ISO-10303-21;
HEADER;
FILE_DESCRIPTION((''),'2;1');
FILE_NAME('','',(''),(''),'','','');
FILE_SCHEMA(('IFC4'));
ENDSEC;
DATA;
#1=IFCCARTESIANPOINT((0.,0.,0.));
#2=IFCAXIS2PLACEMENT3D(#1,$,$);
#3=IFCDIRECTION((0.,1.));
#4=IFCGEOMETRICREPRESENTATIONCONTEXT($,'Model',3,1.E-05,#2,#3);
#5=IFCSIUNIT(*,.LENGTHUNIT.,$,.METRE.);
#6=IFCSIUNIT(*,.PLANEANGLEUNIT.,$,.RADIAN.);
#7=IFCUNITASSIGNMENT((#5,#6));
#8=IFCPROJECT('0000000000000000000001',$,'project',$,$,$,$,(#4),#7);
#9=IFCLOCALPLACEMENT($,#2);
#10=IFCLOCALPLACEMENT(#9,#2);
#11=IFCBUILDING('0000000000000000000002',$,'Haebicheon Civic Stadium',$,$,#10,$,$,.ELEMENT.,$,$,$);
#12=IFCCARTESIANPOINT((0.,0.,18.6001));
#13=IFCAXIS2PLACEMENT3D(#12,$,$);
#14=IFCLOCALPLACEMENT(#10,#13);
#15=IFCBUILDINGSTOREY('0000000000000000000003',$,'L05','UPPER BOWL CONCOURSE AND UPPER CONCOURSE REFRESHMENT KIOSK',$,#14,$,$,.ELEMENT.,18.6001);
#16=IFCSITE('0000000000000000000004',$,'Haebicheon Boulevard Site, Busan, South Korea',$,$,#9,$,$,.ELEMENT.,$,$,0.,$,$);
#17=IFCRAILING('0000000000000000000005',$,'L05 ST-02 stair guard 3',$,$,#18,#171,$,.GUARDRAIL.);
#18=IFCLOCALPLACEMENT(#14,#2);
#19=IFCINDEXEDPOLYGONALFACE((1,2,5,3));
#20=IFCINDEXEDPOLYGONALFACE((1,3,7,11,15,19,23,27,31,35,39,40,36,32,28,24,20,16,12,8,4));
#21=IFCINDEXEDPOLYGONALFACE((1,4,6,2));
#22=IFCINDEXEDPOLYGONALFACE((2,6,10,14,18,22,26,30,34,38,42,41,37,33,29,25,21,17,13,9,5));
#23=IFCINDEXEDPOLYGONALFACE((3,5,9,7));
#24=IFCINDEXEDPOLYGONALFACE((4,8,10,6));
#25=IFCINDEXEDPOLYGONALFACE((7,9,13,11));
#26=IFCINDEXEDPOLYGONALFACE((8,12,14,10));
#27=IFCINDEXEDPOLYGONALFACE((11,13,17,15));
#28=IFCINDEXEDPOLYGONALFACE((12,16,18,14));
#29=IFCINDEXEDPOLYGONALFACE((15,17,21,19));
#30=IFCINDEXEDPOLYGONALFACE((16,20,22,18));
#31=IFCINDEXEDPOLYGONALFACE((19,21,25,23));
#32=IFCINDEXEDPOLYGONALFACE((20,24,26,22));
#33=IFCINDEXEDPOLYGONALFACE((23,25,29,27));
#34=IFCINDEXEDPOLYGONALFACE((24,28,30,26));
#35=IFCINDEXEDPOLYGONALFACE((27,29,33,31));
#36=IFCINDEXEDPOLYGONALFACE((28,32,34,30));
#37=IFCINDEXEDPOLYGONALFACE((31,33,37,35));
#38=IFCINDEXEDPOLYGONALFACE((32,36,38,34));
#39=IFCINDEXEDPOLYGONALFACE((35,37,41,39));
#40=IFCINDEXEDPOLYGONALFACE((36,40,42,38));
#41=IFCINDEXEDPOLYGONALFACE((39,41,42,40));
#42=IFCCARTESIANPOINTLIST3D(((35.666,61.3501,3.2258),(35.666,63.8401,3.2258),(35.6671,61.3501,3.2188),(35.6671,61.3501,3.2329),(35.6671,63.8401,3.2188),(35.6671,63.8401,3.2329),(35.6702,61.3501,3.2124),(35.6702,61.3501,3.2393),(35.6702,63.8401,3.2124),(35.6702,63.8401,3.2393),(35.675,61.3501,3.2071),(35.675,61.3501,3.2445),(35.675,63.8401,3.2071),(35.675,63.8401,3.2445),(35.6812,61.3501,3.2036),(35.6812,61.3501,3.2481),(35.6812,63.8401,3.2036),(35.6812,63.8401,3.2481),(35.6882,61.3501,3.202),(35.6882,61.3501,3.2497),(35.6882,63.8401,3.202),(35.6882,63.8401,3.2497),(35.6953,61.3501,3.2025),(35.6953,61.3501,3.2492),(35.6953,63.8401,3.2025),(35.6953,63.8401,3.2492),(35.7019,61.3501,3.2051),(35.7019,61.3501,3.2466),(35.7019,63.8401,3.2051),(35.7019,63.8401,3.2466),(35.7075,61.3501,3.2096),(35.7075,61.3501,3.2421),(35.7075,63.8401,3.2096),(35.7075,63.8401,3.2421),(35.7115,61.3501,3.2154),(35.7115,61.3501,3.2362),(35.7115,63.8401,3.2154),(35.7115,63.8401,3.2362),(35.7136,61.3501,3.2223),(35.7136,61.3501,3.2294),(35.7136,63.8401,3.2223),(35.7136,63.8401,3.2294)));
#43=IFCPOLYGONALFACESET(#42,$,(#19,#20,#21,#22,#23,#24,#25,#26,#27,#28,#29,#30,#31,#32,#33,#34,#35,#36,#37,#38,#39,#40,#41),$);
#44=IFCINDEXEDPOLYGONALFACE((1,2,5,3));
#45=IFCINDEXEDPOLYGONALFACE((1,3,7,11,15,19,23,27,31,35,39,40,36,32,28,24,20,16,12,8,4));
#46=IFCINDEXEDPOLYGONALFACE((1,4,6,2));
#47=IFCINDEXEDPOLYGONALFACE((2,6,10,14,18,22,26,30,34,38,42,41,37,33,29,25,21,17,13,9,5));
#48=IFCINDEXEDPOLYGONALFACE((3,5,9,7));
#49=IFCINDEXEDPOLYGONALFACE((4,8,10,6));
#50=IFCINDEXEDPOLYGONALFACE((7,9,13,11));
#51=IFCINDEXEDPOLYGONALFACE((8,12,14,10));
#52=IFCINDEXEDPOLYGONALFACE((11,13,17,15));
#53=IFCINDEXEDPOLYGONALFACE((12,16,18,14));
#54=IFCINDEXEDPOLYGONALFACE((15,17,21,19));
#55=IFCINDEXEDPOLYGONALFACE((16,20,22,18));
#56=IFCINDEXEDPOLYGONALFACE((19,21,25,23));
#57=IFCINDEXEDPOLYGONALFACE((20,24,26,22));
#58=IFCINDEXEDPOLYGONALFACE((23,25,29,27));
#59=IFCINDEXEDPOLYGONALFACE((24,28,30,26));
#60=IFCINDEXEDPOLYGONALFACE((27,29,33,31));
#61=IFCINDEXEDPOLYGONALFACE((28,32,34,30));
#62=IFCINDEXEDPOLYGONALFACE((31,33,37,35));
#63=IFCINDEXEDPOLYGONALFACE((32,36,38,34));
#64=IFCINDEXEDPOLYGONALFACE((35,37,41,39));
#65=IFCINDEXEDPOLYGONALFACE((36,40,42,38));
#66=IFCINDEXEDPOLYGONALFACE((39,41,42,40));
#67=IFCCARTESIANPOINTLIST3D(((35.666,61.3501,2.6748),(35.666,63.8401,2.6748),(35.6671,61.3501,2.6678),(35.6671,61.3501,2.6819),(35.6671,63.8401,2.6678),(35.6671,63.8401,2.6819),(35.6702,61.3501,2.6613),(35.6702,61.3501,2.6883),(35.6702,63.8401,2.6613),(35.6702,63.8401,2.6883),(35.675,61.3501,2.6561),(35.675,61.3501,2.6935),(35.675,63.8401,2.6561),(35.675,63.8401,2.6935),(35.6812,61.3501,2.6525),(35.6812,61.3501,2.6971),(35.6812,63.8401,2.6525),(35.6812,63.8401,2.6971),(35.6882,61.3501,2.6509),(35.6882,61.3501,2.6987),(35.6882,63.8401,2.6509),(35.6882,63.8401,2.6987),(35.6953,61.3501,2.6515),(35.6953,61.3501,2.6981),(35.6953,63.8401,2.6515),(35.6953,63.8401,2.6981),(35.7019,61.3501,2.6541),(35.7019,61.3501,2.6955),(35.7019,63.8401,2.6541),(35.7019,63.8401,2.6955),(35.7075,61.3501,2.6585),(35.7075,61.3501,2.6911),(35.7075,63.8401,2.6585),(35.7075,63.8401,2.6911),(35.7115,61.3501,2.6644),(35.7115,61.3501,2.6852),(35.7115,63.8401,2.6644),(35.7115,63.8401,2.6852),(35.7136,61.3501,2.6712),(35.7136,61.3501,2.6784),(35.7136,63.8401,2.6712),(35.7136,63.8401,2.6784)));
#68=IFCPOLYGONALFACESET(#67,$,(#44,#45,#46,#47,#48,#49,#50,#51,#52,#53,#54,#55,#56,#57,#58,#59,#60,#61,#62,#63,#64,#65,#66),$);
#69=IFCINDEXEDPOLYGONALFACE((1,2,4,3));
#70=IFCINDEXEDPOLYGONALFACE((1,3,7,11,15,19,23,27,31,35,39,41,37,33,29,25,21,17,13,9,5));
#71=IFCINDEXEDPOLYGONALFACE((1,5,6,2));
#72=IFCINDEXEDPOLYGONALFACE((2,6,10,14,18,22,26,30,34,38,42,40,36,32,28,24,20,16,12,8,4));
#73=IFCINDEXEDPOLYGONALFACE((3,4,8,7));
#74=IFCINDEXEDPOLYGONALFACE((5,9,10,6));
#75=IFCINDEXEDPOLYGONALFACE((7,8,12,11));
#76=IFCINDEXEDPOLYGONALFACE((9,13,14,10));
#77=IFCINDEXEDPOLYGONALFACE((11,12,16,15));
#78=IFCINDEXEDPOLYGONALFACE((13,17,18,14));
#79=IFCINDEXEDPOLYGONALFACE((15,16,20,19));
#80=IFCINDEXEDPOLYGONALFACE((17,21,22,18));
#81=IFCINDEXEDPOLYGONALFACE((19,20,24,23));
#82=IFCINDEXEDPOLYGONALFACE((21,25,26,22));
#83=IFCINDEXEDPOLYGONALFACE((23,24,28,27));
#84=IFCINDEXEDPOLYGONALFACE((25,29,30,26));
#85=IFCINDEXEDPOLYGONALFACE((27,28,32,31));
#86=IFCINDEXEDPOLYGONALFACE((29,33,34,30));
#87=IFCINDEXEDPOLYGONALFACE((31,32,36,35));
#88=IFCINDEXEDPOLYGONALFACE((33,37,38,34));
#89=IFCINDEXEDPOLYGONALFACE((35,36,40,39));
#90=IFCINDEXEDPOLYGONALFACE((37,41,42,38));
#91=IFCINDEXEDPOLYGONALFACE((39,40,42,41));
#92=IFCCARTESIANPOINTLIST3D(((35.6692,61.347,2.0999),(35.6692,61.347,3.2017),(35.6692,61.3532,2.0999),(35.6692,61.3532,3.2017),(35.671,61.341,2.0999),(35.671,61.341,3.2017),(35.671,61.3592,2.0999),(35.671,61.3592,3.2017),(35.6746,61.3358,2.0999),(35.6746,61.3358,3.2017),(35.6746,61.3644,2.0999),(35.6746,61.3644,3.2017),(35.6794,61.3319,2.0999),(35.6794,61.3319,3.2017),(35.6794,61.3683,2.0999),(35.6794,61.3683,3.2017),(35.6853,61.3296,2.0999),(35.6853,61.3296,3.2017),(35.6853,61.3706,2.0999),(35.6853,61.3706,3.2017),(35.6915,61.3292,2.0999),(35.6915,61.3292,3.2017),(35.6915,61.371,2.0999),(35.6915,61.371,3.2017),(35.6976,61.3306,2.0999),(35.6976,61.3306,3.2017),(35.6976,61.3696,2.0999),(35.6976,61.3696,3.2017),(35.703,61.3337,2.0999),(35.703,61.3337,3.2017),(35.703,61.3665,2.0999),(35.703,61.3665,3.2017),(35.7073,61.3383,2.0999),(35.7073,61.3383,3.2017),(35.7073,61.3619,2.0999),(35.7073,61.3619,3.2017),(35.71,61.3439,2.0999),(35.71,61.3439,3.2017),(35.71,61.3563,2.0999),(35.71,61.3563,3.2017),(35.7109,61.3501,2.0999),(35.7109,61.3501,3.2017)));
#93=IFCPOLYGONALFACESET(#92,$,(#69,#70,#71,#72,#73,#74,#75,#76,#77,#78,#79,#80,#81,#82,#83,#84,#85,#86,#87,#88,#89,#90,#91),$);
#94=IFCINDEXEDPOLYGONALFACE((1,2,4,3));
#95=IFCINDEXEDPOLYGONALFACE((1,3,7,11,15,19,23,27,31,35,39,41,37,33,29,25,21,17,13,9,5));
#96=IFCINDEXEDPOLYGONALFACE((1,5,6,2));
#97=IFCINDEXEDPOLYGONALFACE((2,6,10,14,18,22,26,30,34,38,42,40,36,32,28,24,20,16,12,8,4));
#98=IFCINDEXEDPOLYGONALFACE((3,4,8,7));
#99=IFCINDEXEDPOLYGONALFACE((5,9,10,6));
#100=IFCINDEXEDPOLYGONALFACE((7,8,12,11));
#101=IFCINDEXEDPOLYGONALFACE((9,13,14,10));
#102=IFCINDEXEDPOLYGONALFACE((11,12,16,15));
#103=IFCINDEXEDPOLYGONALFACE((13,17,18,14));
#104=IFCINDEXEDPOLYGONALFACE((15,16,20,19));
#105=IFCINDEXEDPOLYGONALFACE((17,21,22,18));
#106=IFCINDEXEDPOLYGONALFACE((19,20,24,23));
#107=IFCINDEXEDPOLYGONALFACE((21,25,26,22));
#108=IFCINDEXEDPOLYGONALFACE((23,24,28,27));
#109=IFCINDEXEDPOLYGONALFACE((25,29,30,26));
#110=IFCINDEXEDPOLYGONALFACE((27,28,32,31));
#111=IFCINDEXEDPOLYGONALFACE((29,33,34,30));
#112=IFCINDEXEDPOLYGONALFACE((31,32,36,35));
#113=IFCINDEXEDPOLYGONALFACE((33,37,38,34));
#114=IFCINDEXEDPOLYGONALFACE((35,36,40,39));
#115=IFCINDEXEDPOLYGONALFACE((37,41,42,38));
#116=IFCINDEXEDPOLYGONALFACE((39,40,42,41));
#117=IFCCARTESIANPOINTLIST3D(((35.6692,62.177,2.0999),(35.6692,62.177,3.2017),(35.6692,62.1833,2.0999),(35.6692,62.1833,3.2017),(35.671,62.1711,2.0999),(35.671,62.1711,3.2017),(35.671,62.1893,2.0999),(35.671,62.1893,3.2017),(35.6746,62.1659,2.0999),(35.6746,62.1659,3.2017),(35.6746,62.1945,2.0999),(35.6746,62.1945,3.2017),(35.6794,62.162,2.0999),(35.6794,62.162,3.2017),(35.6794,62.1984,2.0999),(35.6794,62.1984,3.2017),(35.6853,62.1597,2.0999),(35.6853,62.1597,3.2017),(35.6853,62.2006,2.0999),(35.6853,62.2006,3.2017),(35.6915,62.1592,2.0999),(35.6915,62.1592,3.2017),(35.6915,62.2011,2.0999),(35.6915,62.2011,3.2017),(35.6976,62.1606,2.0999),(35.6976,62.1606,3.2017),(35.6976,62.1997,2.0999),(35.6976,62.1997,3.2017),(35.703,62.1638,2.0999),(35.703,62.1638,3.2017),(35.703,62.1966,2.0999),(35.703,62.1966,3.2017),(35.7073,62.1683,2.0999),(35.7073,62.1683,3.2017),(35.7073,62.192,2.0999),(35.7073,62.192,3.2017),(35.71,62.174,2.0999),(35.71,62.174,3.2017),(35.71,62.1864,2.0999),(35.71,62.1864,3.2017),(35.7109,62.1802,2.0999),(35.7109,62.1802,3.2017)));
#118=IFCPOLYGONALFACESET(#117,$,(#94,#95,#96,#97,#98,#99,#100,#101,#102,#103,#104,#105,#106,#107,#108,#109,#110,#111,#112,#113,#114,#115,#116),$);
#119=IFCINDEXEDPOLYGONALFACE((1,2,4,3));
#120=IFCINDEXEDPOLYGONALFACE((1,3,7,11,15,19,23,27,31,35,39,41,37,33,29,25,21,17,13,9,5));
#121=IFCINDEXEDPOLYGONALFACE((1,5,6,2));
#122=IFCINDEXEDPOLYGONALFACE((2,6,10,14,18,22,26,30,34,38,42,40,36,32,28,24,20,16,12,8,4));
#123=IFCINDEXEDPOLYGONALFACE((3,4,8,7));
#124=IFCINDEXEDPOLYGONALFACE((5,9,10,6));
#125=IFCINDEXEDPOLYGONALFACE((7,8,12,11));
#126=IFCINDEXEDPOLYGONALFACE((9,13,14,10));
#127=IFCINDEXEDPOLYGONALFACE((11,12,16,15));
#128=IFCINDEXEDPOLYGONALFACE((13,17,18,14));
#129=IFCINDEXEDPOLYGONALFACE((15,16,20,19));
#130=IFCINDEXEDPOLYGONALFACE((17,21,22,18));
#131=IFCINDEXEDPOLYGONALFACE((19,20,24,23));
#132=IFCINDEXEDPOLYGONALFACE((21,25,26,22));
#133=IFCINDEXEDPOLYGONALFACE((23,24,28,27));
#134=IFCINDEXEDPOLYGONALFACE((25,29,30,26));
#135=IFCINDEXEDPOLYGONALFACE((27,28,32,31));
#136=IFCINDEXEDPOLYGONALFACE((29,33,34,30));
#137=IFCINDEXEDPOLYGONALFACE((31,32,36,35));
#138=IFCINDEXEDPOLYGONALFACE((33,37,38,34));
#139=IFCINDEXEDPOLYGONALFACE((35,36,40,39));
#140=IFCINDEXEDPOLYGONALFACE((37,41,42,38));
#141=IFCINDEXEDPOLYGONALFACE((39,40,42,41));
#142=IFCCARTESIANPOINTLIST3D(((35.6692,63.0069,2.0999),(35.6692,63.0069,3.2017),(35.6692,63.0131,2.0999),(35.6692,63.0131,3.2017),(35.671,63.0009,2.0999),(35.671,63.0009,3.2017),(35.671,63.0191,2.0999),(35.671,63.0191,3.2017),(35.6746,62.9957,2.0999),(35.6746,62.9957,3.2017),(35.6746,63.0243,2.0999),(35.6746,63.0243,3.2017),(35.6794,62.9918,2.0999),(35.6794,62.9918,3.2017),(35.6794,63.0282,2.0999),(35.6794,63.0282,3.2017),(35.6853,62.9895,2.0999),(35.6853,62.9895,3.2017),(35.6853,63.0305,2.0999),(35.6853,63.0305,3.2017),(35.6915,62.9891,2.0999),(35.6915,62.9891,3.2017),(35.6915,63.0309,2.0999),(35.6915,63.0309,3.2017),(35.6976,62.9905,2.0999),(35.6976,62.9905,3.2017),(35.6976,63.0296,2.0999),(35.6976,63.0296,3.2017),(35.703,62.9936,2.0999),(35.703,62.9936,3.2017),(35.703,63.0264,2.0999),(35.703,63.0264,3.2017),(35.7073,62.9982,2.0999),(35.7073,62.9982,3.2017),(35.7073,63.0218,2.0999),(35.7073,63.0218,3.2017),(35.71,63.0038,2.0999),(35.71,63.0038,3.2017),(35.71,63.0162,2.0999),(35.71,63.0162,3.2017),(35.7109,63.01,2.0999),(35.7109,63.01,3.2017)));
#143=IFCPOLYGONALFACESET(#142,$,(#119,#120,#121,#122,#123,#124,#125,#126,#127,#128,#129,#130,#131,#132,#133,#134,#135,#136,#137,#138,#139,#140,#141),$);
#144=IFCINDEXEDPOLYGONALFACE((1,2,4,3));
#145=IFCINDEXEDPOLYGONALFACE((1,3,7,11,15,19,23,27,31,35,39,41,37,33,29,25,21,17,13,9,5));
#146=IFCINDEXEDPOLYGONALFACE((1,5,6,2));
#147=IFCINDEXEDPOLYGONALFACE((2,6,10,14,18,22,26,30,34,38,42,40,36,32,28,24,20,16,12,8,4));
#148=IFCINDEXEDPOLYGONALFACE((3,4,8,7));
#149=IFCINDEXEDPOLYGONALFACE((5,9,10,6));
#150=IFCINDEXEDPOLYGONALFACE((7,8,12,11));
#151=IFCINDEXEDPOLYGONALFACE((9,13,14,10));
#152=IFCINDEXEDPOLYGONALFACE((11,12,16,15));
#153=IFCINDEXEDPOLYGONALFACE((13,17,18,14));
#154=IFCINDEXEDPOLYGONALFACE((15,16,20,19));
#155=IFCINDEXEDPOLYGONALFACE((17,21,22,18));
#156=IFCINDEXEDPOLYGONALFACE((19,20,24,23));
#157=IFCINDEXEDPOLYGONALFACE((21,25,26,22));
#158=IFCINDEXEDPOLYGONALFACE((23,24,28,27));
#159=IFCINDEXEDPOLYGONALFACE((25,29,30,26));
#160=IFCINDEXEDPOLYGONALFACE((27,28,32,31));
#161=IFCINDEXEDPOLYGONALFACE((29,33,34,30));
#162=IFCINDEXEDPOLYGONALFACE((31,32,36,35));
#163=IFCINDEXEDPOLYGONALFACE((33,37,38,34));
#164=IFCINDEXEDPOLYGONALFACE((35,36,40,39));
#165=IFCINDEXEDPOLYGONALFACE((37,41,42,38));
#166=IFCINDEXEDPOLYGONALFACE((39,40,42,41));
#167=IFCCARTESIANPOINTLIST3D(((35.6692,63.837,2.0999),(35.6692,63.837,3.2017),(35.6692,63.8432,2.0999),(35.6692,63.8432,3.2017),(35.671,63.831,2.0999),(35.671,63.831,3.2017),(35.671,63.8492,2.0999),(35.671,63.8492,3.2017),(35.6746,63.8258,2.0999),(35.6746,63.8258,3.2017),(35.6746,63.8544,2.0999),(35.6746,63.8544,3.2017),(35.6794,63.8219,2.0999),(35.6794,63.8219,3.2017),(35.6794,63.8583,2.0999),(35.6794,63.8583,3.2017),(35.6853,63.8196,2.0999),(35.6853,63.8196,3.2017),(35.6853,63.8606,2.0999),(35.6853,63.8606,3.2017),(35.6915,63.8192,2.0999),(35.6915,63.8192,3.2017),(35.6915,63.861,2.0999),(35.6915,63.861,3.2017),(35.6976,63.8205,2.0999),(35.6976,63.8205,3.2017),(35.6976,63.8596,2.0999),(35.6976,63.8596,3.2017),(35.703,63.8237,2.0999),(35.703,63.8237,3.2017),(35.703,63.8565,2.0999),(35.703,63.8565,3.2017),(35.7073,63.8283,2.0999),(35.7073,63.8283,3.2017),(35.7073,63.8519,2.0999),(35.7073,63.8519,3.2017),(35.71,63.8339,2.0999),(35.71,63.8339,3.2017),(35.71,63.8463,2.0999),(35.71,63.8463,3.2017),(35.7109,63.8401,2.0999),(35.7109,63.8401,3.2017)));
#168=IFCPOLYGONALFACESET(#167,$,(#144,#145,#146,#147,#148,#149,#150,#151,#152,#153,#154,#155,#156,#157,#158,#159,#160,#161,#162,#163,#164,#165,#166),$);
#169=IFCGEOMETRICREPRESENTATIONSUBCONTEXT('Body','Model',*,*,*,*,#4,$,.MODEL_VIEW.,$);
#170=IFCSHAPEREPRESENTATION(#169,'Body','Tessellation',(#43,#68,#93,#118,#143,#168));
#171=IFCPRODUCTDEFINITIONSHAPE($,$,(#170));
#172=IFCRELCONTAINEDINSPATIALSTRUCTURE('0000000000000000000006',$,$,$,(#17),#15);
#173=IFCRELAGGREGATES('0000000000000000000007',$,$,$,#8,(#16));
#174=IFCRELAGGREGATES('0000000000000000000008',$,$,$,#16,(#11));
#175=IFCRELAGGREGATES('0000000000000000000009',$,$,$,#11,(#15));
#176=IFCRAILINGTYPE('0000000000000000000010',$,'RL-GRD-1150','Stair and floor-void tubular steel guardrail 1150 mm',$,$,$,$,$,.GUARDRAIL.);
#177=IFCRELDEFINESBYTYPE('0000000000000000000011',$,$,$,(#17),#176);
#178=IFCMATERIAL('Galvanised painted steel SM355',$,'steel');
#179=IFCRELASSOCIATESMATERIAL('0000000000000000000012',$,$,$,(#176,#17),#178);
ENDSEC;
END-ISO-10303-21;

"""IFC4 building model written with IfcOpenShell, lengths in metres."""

from ifc_helpers import new_model, si_unit, direction, frame, origin, origin_2d, place, context, subcontext, project, spatial, circle, extrude, material, type_object, element, save


model = new_model("IFC4")

# Units and contexts
model_context = context("Model", 3, precision=1e-05, world=origin(), true_north=direction((0.0, 1.0)))
body_context = subcontext(model_context, "Body", "Model", "MODEL_VIEW")
ifc_project = project(units=[si_unit("LENGTHUNIT", "METRE"), si_unit("PLANEANGLEUNIT", "RADIAN")], contexts=[model_context])

# Site, building, storey
site_placement = place(None, origin())
site = spatial("IfcSite", under=ifc_project, at=site_placement, Name="Haebicheon Boulevard Site, Busan, South Korea", CompositionType="ELEMENT", RefElevation=0.0)
building_placement = place(site_placement, origin())
building = spatial("IfcBuilding", under=site, at=building_placement, Name="Haebicheon Civic Stadium", CompositionType="ELEMENT")
storey_placement = place(building_placement, frame((0.0, 0.0, 18.6001)))
storey = spatial("IfcBuildingStorey", under=building, at=storey_placement, Name="L05", Description="UPPER BOWL CONCOURSE AND UPPER CONCOURSE REFRESHMENT KIOSK", CompositionType="ELEMENT", Elevation=18.6001)

# Railing
ifc_material_1 = material(Name="Galvanised painted steel SM355", Category="steel")
railing_type_1 = type_object("IfcRailingType", Name="RL-GRD-1150", Description="Stair and floor-void tubular steel guardrail 1150 mm", PredefinedType="GUARDRAIL", material=ifc_material_1)
for number, where, name in (
    (1, (35.6899, 61.3501, 2.0999), "L05 ST-02 stair guard 3"),
):
    element("IfcRailing", number, at=place(storey_placement, frame(where)), inside=storey, type_object=railing_type_1, material=ifc_material_1, Name=name, PredefinedType="GUARDRAIL", context=body_context, shape_type="SweptSolid", body=[
        extrude(circle(Radius=0.0239, at=origin_2d()), frame((0.0, 0.0, 1.126), z_axis=(0.0, 1.0, 0.0), x_axis=(-1.0, 0.0, 0.0)), (0.0, 0.0, 1.0), 2.49),
        extrude(circle(Radius=0.0239, at=origin_2d()), frame((0.0, 0.0, 0.575), z_axis=(0.0, 1.0, 0.0), x_axis=(-1.0, 0.0, 0.0)), (0.0, 0.0, 1.0), 2.49),
        extrude(circle(Radius=0.021, at=origin_2d()), origin(), (0.0, 0.0, 1.0), 1.1018),
        extrude(circle(Radius=0.021, at=origin_2d()), frame((0.0, 0.8301, 0.0)), (0.0, 0.0, 1.0), 1.1018),
        extrude(circle(Radius=0.021, at=origin_2d()), frame((0.0, 1.6599, 0.0)), (0.0, 0.0, 1.0), 1.1018),
        extrude(circle(Radius=0.021, at=origin_2d()), frame((0.0, 2.49, 0.0)), (0.0, 0.0, 1.0), 1.1018),
    ])

save(model, "model.ifc")
